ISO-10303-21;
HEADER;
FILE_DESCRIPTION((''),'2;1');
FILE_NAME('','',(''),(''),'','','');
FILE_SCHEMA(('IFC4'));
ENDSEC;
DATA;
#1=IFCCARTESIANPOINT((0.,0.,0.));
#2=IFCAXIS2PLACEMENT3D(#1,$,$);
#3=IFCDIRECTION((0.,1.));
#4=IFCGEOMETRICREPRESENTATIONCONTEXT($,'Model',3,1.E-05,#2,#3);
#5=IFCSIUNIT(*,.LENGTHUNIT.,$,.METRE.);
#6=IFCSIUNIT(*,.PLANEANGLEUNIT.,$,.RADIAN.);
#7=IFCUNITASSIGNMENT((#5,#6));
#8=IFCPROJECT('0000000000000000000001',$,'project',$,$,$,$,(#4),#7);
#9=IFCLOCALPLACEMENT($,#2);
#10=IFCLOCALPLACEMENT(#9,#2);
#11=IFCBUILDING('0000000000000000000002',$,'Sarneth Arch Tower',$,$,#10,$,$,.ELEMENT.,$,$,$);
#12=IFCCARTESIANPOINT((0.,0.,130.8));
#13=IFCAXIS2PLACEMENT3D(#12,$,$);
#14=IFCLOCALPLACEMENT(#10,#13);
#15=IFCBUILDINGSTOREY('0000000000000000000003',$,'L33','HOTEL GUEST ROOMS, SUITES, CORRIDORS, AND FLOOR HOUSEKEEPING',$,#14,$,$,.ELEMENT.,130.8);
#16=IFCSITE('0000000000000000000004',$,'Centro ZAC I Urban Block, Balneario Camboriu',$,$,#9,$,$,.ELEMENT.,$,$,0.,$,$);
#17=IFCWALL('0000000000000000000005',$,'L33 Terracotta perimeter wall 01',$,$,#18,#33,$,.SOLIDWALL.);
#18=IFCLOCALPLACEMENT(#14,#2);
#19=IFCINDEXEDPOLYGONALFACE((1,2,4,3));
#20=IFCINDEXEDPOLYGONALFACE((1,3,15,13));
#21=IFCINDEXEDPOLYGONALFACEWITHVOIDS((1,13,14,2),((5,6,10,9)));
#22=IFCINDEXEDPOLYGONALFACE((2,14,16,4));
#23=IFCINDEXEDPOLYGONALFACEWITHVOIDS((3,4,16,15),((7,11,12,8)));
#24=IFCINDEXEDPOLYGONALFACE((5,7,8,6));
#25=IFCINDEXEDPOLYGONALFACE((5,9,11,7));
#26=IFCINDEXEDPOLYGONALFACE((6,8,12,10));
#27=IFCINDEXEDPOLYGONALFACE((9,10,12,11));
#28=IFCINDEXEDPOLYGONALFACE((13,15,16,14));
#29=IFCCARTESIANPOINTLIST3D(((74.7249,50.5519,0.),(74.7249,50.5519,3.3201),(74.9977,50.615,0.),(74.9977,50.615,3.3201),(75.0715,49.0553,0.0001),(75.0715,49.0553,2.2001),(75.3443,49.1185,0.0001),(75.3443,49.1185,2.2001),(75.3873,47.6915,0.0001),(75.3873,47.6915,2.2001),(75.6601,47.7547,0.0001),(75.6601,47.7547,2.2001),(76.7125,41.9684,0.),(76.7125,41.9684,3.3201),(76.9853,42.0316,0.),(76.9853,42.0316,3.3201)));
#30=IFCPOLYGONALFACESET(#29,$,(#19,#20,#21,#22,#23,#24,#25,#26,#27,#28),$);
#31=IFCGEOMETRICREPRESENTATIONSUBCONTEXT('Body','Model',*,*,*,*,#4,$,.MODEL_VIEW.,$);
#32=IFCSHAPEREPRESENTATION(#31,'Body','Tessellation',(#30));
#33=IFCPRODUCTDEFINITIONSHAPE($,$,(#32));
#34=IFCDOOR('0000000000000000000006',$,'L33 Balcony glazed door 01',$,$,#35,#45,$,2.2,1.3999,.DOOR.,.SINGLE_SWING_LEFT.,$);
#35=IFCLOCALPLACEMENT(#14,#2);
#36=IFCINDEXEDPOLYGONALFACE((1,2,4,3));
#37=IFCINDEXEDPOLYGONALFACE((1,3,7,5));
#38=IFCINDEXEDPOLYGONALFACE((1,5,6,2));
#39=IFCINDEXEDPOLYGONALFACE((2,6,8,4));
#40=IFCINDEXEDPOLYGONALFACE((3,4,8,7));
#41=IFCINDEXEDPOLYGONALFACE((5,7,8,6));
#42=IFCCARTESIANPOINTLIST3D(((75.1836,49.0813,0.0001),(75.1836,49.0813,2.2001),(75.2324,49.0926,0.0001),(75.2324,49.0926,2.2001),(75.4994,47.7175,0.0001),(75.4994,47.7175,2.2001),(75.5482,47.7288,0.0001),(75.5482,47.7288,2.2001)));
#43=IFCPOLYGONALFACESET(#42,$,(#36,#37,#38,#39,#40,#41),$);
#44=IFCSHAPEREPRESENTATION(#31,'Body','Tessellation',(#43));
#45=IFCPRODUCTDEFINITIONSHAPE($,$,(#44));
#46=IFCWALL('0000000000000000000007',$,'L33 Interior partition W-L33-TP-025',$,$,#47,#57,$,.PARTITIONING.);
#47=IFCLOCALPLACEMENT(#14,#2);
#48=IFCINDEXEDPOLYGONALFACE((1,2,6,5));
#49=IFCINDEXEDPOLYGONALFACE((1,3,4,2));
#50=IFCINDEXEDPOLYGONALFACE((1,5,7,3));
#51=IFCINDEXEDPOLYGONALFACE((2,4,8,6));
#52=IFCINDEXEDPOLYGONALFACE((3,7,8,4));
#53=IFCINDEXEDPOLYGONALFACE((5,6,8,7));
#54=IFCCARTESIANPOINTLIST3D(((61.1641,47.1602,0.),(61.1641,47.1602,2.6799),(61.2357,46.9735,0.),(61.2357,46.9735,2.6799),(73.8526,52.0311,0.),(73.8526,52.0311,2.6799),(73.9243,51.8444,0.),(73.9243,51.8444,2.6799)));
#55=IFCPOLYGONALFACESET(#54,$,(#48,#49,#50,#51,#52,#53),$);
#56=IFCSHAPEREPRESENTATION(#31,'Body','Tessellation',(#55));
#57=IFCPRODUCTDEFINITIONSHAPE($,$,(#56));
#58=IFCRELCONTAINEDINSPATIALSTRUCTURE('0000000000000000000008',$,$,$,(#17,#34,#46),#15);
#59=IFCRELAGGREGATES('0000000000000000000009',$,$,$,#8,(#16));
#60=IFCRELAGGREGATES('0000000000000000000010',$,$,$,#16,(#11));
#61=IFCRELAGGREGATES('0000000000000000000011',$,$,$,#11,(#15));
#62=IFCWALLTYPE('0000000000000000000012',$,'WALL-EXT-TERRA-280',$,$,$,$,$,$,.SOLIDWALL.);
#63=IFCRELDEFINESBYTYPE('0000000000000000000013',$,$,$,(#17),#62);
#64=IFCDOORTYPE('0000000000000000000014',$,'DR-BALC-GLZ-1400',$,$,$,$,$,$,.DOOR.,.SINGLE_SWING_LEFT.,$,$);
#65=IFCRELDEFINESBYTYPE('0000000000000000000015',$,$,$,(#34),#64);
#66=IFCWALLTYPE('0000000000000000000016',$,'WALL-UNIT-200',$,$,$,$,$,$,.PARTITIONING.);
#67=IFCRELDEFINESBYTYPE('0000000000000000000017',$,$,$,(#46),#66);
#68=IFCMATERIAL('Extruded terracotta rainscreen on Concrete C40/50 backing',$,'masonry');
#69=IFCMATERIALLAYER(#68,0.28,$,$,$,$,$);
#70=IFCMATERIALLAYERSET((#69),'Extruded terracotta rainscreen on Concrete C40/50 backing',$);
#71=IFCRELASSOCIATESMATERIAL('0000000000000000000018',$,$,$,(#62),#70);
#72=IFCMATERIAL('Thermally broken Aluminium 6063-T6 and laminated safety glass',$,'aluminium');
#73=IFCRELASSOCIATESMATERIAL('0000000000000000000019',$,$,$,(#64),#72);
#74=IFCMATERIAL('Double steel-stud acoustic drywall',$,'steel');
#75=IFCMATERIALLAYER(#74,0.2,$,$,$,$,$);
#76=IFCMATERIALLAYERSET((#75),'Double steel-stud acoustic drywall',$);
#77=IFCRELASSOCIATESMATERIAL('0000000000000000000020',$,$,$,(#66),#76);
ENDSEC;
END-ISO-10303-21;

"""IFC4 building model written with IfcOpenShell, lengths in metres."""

from ifc_helpers import new_model, si_unit, direction, frame, frame_2d, origin, place, context, subcontext, project, spatial, rectangle, extrude, material, layer, layer_set, type_object, element, fill, save


model = new_model("IFC4")

# Units and contexts
model_context = context("Model", 3, precision=1e-05, world=origin(), true_north=direction((0.0, 1.0)))
body_context = subcontext(model_context, "Body", "Model", "MODEL_VIEW")
ifc_project = project(units=[si_unit("LENGTHUNIT", "METRE"), si_unit("PLANEANGLEUNIT", "RADIAN")], contexts=[model_context])

# Site, building, storey
site_placement = place(None, origin())
site = spatial("IfcSite", under=ifc_project, at=site_placement, Name="Centro ZAC I Urban Block, Balneario Camboriu", CompositionType="ELEMENT", RefElevation=0.0)
building_placement = place(site_placement, origin())
building = spatial("IfcBuilding", under=site, at=building_placement, Name="Sarneth Arch Tower", CompositionType="ELEMENT")
storey_placement = place(building_placement, frame((0.0, 0.0, 130.8)))
storey = spatial("IfcBuildingStorey", under=building, at=storey_placement, Name="L33", Description="HOTEL GUEST ROOMS, SUITES, CORRIDORS, AND FLOOR HOUSEKEEPING", CompositionType="ELEMENT", Elevation=130.8)

# Wall, opening, door
ifc_material_1 = material(Name="Extruded terracotta rainscreen on Concrete C40/50 backing", Category="masonry")
ifc_layer_1 = layer(ifc_material_1, 0.28)
ifc_layer_set_1 = layer_set([ifc_layer_1], Name="Extruded terracotta rainscreen on Concrete C40/50 backing")
wall_type_1 = type_object("IfcWallType", Name="WALL-EXT-TERRA-280", PredefinedType="SOLIDWALL", material=ifc_layer_set_1)
wall_1_placement = place(storey_placement, frame((76.8489, 42.0, 0.0), z_axis=(0.0, 0.0, 1.0), x_axis=(-0.225586, 0.974223, 0.0)))
wall_1 = element("IfcWall", 1, at=wall_1_placement, inside=storey, type_object=wall_type_1, Name="L33 Terracotta perimeter wall 01", PredefinedType="SOLIDWALL", context=body_context, shape_type="SweptSolid", body=[
    extrude(rectangle(XDim=8.8105, YDim=0.28, at=frame_2d((4.4053, 0.0))), origin(), (0.0, 0.0, 1.0), 3.3201),
])
opening_placement = place(wall_1_placement, frame((5.8745, 0.0, 0.0)))
opening = element("IfcOpeningElement", 2, at=opening_placement, cuts=wall_1, PredefinedType="OPENING", context=body_context, shape_type="SweptSolid", body=[
    extrude(rectangle(XDim=1.3999, YDim=2.2, at=frame_2d((0.7, 1.1001))), frame((0.0, 0.1499, 0.0), z_axis=(0.0, -1.0, 0.0), x_axis=(1.0, 0.0, 0.0)), (0.0, 0.0, 1.0), 0.3),
])
ifc_material_2 = material(Name="Thermally broken Aluminium 6063-T6 and laminated safety glass", Category="aluminium")
door_type = type_object("IfcDoorType", Name="DR-BALC-GLZ-1400", OperationType="SINGLE_SWING_LEFT", PredefinedType="DOOR", material=ifc_material_2)
door_placement = place(opening_placement, origin())
door = element("IfcDoor", 3, at=door_placement, inside=storey, type_object=door_type, Name="L33 Balcony glazed door 01", OperationType="SINGLE_SWING_LEFT", OverallHeight=2.2, OverallWidth=1.3999, PredefinedType="DOOR", context=body_context, shape_type="SweptSolid", body=[
    extrude(rectangle(XDim=1.3999, YDim=2.2, at=frame_2d((0.7, 1.1001))), frame((0.0, 0.0249, 0.0), z_axis=(0.0, -1.0, 0.0), x_axis=(1.0, 0.0, 0.0)), (0.0, 0.0, 1.0), 0.05),
])
fill(opening, door)

# Wall
ifc_material_3 = material(Name="Double steel-stud acoustic drywall", Category="steel")
ifc_layer_2 = layer(ifc_material_3, 0.2)
ifc_layer_set_2 = layer_set([ifc_layer_2], Name="Double steel-stud acoustic drywall")
wall_type_2 = type_object("IfcWallType", Name="WALL-UNIT-200", PredefinedType="PARTITIONING", material=ifc_layer_set_2)
wall_2_placement = place(storey_placement, frame((73.8884, 51.9377, 0.0), z_axis=(0.0, 0.0, 1.0), x_axis=(-0.933576, -0.358381, 0.0)))
element("IfcWall", 4, at=wall_2_placement, inside=storey, type_object=wall_type_2, Name="L33 Interior partition W-L33-TP-025", PredefinedType="PARTITIONING", context=body_context, shape_type="SweptSolid", body=[
    extrude(rectangle(XDim=13.5913, YDim=0.2, at=frame_2d((6.7957, 0.0))), origin(), (0.0, 0.0, 1.0), 2.6799),
])

save(model, "model.ifc")
